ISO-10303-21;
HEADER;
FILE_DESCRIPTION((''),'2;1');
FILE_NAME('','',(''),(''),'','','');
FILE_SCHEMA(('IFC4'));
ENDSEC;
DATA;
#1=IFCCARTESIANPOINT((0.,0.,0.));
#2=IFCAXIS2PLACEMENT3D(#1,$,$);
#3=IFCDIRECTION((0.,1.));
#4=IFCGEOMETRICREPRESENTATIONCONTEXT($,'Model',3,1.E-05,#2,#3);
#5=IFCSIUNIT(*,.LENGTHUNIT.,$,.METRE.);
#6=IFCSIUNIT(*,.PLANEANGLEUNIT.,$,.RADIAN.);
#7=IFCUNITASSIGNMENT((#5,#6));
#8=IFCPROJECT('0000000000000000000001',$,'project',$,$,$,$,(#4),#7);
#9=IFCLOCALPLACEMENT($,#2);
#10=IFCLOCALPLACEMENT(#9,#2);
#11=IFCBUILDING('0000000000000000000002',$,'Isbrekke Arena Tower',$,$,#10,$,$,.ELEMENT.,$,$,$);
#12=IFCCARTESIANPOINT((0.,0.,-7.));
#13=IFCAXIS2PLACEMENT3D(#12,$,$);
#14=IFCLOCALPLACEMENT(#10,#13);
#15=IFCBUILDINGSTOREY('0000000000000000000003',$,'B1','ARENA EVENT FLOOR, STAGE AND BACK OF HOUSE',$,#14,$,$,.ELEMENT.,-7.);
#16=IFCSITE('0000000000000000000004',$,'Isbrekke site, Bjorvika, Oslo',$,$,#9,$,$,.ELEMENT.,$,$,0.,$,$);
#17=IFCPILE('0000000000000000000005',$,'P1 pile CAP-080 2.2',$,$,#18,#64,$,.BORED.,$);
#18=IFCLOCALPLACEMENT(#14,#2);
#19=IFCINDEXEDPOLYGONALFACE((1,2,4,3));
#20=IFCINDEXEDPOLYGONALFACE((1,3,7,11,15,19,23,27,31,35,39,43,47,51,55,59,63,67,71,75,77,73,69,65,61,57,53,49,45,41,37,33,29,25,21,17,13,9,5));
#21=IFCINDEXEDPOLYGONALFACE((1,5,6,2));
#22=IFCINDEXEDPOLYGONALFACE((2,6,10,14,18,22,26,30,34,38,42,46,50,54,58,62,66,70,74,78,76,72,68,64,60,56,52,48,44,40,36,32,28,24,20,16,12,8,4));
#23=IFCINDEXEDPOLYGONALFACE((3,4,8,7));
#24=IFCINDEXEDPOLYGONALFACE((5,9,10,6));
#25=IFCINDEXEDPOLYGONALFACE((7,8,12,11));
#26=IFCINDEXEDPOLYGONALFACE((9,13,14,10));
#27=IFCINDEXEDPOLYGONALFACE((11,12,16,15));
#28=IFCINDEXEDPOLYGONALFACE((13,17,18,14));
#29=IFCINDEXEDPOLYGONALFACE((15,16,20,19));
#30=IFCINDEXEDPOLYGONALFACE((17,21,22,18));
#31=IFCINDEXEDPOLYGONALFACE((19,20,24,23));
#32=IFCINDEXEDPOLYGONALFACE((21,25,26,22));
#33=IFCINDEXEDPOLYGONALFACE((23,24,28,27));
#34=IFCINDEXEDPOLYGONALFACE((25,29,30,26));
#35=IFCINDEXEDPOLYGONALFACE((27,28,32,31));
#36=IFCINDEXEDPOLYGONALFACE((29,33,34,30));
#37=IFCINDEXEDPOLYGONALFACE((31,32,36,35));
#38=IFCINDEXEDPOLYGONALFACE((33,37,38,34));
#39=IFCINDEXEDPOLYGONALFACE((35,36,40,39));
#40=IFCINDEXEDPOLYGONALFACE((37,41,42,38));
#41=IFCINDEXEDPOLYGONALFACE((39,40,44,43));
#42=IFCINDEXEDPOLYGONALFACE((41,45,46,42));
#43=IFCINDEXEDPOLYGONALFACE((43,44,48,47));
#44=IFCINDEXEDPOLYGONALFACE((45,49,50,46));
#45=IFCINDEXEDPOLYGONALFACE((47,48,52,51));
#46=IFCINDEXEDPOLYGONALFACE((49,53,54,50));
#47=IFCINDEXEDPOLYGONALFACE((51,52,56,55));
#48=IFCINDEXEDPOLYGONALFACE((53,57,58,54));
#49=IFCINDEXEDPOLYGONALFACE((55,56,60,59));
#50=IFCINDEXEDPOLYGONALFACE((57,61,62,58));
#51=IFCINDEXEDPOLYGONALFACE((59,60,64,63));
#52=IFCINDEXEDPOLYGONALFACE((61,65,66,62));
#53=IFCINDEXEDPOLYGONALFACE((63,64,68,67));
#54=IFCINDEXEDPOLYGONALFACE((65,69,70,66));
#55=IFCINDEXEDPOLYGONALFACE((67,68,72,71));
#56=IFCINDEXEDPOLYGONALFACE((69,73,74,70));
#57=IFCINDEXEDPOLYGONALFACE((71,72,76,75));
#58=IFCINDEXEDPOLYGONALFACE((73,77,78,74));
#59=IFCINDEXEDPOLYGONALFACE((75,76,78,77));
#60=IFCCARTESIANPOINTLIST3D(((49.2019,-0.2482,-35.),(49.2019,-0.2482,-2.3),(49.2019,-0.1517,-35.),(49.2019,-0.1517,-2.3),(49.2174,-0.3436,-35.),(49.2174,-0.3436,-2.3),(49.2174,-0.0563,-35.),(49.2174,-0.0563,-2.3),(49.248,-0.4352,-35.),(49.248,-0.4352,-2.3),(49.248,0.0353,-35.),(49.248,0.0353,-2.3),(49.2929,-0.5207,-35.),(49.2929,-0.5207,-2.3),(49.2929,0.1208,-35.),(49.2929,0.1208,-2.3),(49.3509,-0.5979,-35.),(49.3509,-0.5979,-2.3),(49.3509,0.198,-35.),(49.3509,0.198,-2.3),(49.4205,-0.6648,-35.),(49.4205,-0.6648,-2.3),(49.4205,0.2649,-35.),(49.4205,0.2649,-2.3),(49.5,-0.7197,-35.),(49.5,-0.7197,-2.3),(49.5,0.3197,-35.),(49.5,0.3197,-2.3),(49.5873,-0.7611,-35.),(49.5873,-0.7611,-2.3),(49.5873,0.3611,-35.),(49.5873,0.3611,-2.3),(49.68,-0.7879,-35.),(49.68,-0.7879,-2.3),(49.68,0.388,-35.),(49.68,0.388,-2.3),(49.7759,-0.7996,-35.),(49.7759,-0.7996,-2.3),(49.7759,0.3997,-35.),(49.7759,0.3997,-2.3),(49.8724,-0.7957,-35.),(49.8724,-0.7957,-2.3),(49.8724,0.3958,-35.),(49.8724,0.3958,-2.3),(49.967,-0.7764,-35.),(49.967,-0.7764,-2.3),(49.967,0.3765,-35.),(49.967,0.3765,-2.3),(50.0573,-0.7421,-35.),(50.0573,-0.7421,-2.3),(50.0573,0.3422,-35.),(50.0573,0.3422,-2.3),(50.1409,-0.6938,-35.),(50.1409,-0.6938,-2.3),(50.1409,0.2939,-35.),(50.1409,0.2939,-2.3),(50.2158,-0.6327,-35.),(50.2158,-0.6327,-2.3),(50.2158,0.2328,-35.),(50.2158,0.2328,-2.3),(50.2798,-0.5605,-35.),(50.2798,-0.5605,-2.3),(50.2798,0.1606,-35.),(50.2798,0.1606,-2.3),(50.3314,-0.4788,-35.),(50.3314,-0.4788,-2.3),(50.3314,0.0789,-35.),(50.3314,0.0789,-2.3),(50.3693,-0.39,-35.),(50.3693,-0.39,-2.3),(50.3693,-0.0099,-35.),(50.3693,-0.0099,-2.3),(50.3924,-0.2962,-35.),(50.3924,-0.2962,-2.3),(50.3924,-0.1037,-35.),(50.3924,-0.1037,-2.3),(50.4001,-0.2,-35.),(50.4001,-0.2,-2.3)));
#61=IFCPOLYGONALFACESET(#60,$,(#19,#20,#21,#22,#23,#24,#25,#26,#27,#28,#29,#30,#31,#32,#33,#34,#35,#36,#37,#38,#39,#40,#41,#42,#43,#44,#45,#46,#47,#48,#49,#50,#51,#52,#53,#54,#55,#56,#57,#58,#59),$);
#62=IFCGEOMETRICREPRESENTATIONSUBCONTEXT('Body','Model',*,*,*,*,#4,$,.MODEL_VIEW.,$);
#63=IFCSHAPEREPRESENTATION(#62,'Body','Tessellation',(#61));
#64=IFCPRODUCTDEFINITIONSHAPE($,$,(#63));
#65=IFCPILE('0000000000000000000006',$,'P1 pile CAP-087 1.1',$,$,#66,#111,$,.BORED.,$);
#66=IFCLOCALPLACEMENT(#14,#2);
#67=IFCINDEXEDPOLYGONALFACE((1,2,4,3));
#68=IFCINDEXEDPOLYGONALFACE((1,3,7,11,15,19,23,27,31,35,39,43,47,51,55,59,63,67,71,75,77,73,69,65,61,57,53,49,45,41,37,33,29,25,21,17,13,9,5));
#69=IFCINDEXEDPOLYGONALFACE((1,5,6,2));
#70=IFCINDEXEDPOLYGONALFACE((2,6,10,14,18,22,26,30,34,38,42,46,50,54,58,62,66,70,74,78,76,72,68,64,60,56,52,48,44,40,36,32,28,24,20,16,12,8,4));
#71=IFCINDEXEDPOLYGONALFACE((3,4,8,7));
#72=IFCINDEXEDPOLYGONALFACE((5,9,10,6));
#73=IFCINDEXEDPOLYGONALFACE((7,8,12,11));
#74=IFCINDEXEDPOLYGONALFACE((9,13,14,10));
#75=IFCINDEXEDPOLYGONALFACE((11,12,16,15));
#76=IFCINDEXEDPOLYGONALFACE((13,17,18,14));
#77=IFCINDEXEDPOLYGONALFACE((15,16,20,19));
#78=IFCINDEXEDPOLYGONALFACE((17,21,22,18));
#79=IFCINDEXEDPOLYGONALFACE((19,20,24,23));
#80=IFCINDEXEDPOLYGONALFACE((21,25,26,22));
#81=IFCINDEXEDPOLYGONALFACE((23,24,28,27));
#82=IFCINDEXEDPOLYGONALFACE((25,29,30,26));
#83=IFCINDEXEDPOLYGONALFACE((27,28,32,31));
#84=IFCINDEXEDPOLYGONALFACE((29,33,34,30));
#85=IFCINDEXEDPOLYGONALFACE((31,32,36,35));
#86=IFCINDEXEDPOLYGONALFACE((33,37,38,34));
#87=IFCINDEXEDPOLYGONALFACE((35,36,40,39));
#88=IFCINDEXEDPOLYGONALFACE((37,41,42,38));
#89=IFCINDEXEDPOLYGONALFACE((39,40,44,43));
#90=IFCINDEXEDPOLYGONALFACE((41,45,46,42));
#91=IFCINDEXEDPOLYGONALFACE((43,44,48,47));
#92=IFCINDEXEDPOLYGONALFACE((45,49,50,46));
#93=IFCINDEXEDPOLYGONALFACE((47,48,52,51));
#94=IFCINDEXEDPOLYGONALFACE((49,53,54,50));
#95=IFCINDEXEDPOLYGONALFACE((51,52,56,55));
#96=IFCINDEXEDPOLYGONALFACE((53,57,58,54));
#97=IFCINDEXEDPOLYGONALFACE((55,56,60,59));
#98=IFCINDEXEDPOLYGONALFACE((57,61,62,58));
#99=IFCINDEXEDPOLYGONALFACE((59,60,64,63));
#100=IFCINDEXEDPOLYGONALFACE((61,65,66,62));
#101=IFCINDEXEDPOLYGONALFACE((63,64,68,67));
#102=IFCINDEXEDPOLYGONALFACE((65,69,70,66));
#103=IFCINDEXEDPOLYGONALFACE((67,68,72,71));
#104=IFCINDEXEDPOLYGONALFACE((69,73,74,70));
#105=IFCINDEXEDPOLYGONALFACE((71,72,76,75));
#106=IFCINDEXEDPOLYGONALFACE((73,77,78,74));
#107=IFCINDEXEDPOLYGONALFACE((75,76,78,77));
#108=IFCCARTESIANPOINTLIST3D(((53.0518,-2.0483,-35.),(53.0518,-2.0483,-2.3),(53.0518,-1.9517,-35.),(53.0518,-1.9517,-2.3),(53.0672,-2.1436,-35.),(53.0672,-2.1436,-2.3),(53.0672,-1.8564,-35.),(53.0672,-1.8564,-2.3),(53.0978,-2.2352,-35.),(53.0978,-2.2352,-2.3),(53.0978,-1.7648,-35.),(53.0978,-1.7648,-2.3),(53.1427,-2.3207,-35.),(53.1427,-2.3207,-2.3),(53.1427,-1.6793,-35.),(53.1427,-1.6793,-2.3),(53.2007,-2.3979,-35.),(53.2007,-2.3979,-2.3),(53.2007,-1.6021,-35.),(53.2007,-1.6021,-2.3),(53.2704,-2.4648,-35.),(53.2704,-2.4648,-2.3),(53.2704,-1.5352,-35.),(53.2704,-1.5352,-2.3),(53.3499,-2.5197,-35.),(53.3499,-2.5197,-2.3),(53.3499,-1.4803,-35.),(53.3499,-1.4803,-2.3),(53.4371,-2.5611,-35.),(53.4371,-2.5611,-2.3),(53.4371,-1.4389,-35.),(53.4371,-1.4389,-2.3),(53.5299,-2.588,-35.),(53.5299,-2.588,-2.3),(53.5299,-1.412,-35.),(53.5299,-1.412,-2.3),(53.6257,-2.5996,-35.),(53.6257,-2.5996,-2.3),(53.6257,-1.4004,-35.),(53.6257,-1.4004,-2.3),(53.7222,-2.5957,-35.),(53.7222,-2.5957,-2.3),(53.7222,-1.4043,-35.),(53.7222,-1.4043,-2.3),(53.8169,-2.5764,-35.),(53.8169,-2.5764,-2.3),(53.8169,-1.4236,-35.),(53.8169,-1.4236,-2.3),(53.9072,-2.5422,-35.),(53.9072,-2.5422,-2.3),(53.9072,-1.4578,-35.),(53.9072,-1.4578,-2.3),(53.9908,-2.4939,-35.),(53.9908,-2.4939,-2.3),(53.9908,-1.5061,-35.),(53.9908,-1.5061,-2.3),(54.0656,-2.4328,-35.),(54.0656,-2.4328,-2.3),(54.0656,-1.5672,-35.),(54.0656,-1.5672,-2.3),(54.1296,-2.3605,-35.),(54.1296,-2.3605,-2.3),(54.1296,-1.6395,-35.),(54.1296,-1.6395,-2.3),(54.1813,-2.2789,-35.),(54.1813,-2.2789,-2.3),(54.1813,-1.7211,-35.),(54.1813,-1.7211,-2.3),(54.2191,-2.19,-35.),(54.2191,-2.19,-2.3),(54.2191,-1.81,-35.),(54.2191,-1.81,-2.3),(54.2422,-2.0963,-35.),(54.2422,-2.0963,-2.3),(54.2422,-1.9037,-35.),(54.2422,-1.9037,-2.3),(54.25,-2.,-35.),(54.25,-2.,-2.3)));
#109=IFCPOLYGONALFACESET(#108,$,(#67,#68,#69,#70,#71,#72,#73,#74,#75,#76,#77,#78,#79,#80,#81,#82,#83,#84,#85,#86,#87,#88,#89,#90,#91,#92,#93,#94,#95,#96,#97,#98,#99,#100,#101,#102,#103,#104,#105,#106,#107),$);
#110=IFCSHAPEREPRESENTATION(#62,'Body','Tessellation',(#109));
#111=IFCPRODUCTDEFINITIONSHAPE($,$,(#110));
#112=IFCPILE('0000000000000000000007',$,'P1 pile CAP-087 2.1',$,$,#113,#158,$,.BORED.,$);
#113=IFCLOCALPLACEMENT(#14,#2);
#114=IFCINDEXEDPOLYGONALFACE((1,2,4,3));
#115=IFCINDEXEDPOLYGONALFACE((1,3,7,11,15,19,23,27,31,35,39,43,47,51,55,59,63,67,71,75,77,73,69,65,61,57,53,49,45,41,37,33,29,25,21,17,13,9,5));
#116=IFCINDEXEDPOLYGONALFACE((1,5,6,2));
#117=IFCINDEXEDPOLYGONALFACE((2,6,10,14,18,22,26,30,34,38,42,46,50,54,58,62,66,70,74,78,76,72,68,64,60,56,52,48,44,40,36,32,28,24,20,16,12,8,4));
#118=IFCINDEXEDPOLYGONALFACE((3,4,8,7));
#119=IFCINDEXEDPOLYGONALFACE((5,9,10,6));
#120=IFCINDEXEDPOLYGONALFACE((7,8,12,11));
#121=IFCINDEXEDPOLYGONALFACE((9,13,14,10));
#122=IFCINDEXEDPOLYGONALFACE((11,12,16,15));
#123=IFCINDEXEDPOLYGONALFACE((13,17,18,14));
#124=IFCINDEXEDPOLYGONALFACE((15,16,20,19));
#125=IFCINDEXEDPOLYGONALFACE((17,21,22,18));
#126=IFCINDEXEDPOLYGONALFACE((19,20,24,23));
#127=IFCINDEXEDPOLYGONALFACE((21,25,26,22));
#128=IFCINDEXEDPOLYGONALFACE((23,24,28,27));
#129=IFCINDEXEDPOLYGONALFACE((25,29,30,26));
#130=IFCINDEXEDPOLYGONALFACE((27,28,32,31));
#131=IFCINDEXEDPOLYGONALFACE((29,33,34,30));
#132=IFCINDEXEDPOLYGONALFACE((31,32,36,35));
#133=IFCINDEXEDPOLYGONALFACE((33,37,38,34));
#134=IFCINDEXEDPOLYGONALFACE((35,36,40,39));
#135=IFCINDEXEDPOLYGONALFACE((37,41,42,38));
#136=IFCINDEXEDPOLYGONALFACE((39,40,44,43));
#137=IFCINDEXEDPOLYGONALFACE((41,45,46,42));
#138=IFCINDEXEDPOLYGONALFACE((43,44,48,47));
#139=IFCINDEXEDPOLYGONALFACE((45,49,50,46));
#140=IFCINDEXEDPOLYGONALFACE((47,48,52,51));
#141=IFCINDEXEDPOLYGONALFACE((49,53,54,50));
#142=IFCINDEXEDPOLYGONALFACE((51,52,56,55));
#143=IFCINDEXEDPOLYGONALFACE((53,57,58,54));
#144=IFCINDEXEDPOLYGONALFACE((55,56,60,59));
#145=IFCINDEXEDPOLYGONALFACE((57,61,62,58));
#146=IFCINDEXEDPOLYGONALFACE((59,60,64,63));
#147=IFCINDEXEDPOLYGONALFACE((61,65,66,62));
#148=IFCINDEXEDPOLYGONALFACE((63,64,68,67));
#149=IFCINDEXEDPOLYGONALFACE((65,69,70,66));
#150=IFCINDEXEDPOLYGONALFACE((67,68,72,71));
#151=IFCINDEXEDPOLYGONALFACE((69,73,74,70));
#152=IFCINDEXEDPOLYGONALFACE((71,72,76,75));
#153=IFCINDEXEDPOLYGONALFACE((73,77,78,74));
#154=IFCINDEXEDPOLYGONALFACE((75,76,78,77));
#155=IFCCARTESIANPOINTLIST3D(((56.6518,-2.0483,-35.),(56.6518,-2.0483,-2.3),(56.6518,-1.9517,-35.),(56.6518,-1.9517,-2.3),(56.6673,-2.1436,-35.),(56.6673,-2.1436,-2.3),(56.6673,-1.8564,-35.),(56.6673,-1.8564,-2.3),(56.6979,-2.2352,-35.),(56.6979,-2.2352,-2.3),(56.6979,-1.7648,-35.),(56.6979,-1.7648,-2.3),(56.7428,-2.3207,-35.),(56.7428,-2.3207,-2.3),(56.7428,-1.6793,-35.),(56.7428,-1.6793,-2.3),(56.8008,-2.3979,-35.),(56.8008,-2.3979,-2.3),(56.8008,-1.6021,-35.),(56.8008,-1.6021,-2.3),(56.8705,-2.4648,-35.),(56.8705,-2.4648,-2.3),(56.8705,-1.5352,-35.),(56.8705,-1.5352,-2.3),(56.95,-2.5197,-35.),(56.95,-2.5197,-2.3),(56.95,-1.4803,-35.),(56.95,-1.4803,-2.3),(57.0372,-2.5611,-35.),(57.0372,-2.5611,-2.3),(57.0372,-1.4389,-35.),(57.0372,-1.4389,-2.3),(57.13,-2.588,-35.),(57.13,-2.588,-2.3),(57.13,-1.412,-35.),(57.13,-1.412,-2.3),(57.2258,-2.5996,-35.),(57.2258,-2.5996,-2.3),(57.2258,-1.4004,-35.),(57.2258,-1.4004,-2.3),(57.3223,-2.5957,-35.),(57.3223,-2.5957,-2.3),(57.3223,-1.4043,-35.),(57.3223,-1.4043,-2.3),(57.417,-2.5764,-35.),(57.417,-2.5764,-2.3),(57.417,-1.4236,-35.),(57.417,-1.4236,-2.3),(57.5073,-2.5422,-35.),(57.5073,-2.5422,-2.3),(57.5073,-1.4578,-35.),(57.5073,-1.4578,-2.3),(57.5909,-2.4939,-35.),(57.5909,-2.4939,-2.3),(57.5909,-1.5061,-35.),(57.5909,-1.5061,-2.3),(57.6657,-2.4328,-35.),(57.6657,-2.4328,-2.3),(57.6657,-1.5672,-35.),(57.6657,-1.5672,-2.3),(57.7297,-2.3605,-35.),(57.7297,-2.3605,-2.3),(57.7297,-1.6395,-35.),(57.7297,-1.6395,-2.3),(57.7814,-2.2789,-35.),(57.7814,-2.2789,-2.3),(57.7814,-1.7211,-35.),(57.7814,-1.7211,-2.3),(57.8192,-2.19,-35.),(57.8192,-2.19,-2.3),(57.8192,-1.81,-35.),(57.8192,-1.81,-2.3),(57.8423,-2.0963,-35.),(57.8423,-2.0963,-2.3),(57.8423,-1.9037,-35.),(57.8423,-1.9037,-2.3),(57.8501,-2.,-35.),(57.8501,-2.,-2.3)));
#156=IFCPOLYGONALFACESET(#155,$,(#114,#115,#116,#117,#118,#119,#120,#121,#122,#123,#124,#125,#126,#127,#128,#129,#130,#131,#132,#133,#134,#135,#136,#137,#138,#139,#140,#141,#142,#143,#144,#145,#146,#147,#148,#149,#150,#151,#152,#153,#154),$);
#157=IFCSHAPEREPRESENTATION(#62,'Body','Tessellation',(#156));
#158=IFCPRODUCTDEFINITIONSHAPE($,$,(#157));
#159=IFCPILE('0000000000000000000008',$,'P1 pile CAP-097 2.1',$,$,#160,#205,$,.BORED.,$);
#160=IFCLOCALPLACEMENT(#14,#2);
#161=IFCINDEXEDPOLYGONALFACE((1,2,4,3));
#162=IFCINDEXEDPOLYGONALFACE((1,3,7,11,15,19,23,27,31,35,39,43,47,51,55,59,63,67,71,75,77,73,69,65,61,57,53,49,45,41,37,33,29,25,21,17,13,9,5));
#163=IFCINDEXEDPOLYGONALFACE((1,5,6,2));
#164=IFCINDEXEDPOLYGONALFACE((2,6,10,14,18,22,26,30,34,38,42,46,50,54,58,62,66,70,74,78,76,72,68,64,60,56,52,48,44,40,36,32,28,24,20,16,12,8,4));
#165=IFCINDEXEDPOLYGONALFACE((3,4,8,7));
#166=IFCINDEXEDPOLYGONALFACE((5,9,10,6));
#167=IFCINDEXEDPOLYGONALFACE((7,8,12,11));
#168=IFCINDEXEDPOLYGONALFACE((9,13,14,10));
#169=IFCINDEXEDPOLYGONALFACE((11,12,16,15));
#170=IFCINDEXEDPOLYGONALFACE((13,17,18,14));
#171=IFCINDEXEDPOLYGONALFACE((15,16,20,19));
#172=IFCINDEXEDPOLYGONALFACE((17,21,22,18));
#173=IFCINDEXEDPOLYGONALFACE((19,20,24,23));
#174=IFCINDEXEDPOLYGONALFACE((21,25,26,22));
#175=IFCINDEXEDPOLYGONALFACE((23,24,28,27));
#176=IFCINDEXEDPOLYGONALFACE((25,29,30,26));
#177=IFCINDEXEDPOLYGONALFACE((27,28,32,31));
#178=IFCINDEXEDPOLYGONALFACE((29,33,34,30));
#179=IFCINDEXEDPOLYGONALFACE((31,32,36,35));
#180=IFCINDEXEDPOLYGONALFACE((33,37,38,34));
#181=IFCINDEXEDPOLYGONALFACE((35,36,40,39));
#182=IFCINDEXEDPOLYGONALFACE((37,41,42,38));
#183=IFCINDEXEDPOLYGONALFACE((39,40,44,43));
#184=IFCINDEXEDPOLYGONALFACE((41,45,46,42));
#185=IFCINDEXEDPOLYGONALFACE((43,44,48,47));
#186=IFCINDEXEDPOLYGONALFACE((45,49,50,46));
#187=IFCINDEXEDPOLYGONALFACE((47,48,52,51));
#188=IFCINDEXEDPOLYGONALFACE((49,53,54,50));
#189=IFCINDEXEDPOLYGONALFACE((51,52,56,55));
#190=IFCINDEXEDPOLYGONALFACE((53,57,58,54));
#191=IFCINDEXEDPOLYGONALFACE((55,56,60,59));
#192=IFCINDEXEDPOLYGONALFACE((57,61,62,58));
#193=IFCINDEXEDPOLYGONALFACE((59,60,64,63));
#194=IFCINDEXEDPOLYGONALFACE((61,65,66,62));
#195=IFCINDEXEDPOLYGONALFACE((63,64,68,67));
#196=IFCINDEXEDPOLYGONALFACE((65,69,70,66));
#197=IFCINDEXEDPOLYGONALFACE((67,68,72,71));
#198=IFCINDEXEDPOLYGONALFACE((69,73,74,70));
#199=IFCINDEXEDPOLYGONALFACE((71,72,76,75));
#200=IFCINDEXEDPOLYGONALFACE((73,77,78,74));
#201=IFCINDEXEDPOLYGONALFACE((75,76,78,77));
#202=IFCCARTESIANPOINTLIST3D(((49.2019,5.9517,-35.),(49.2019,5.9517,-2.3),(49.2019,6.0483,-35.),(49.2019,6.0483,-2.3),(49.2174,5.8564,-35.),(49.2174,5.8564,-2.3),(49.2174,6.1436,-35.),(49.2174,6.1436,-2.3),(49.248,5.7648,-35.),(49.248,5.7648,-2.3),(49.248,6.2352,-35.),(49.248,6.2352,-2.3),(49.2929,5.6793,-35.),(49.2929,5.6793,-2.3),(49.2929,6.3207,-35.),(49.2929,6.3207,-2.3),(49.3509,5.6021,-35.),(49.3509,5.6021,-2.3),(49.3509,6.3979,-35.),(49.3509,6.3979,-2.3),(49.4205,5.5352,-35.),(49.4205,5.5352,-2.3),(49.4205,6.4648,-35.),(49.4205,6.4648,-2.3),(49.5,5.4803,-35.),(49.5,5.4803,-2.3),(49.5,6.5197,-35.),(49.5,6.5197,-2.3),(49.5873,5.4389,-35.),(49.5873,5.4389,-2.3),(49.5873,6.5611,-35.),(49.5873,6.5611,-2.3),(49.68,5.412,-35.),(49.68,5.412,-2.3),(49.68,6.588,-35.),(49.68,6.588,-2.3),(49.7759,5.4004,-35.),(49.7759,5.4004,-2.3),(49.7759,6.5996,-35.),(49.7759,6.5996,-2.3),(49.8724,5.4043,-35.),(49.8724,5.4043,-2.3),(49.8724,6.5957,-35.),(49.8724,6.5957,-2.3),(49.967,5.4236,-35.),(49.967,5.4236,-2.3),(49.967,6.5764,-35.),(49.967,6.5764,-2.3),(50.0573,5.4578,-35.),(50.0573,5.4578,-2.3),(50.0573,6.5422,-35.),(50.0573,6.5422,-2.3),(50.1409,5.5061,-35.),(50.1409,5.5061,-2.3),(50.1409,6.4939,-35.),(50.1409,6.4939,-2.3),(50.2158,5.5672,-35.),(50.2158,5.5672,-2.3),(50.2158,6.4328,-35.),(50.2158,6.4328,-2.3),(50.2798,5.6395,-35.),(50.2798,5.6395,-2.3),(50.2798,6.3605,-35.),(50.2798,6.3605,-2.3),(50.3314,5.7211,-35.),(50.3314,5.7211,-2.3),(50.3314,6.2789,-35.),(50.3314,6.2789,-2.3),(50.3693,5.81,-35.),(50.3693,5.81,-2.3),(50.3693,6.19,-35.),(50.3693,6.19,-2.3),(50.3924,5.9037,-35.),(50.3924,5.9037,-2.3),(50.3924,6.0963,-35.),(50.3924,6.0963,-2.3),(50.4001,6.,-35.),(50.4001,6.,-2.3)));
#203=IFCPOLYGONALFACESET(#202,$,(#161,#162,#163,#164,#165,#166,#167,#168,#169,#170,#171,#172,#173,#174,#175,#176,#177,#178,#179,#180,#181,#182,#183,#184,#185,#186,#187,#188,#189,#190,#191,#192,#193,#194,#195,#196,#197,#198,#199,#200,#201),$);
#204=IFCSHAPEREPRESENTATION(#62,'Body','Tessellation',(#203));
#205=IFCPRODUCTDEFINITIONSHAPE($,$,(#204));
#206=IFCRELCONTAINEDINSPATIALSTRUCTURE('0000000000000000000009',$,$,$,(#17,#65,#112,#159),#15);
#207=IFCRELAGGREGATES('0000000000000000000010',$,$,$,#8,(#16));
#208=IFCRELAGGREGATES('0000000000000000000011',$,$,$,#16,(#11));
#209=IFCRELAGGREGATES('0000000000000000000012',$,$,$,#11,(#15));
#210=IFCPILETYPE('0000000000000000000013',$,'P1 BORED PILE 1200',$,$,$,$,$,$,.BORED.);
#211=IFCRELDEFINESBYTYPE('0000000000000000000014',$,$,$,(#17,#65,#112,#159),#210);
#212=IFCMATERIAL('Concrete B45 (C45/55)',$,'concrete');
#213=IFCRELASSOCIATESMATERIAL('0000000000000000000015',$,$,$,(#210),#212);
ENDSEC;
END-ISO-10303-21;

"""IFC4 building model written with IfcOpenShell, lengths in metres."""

from ifc_helpers import new_model, si_unit, direction, frame, origin, origin_2d, place, context, subcontext, project, spatial, circle, extrude, material, material_profile, profile_set, type_object, element, save


model = new_model("IFC4")

# Units and contexts
model_context = context("Model", 3, precision=1e-05, world=origin(), true_north=direction((0.0, 1.0)))
body_context = subcontext(model_context, "Body", "Model", "MODEL_VIEW")
ifc_project = project(units=[si_unit("LENGTHUNIT", "METRE"), si_unit("PLANEANGLEUNIT", "RADIAN")], contexts=[model_context])

# Site, building, storey
site_placement = place(None, origin())
site = spatial("IfcSite", under=ifc_project, at=site_placement, Name="Isbrekke site, Bjorvika, Oslo", CompositionType="ELEMENT", RefElevation=0.0)
building_placement = place(site_placement, origin())
building = spatial("IfcBuilding", under=site, at=building_placement, Name="Isbrekke Arena Tower", CompositionType="ELEMENT")
storey_placement = place(building_placement, frame((0.0, 0.0, -7.0)))
storey = spatial("IfcBuildingStorey", under=building, at=storey_placement, Name="B1", Description="ARENA EVENT FLOOR, STAGE AND BACK OF HOUSE", CompositionType="ELEMENT", Elevation=-7.0)

# Piles
ifc_material_1 = material(Name="Concrete B45 (C45/55)", Category="concrete")
ifc_material_profile_1 = material_profile(ifc_material_1, circle(Radius=0.6001, at=origin_2d()), Name="BORED PILE D1200")
ifc_profile_set_1 = profile_set([ifc_material_profile_1], Name="Concrete B45 (C45/55)")
pile_type = type_object("IfcPileType", Name="P1 BORED PILE 1200", PredefinedType="BORED", material=ifc_profile_set_1)
for number, where, z_axis, x_axis, name in (
    (1, (49.8, -0.2, -2.3), (0.0, 0.0, -1.0), (1.0, 0.0, 0.0), "P1 pile CAP-080 2.2"),
    (2, (53.6499, -2.0, -2.3), (0.0, 0.0, -1.0), (1.0, 0.0, 0.0), "P1 pile CAP-087 1.1"),
    (3, (57.25, -2.0, -2.3), (0.0, 0.0, -1.0), (1.0, 0.0, 0.0), "P1 pile CAP-087 2.1"),
    (4, (49.8, 6.0, -2.3), (0.0, 0.0, -1.0), (1.0, 0.0, 0.0), "P1 pile CAP-097 2.1"),
):
    element("IfcPile", number, at=place(storey_placement, frame(where, z_axis=z_axis, x_axis=x_axis)), inside=storey, type_object=pile_type, Name=name, PredefinedType="BORED", context=body_context, shape_type="SweptSolid", body=[
        extrude(circle(Radius=0.6001, at=origin_2d()), origin(), (0.0, 0.0, 1.0), 32.7),
    ])

save(model, "model.ifc")
